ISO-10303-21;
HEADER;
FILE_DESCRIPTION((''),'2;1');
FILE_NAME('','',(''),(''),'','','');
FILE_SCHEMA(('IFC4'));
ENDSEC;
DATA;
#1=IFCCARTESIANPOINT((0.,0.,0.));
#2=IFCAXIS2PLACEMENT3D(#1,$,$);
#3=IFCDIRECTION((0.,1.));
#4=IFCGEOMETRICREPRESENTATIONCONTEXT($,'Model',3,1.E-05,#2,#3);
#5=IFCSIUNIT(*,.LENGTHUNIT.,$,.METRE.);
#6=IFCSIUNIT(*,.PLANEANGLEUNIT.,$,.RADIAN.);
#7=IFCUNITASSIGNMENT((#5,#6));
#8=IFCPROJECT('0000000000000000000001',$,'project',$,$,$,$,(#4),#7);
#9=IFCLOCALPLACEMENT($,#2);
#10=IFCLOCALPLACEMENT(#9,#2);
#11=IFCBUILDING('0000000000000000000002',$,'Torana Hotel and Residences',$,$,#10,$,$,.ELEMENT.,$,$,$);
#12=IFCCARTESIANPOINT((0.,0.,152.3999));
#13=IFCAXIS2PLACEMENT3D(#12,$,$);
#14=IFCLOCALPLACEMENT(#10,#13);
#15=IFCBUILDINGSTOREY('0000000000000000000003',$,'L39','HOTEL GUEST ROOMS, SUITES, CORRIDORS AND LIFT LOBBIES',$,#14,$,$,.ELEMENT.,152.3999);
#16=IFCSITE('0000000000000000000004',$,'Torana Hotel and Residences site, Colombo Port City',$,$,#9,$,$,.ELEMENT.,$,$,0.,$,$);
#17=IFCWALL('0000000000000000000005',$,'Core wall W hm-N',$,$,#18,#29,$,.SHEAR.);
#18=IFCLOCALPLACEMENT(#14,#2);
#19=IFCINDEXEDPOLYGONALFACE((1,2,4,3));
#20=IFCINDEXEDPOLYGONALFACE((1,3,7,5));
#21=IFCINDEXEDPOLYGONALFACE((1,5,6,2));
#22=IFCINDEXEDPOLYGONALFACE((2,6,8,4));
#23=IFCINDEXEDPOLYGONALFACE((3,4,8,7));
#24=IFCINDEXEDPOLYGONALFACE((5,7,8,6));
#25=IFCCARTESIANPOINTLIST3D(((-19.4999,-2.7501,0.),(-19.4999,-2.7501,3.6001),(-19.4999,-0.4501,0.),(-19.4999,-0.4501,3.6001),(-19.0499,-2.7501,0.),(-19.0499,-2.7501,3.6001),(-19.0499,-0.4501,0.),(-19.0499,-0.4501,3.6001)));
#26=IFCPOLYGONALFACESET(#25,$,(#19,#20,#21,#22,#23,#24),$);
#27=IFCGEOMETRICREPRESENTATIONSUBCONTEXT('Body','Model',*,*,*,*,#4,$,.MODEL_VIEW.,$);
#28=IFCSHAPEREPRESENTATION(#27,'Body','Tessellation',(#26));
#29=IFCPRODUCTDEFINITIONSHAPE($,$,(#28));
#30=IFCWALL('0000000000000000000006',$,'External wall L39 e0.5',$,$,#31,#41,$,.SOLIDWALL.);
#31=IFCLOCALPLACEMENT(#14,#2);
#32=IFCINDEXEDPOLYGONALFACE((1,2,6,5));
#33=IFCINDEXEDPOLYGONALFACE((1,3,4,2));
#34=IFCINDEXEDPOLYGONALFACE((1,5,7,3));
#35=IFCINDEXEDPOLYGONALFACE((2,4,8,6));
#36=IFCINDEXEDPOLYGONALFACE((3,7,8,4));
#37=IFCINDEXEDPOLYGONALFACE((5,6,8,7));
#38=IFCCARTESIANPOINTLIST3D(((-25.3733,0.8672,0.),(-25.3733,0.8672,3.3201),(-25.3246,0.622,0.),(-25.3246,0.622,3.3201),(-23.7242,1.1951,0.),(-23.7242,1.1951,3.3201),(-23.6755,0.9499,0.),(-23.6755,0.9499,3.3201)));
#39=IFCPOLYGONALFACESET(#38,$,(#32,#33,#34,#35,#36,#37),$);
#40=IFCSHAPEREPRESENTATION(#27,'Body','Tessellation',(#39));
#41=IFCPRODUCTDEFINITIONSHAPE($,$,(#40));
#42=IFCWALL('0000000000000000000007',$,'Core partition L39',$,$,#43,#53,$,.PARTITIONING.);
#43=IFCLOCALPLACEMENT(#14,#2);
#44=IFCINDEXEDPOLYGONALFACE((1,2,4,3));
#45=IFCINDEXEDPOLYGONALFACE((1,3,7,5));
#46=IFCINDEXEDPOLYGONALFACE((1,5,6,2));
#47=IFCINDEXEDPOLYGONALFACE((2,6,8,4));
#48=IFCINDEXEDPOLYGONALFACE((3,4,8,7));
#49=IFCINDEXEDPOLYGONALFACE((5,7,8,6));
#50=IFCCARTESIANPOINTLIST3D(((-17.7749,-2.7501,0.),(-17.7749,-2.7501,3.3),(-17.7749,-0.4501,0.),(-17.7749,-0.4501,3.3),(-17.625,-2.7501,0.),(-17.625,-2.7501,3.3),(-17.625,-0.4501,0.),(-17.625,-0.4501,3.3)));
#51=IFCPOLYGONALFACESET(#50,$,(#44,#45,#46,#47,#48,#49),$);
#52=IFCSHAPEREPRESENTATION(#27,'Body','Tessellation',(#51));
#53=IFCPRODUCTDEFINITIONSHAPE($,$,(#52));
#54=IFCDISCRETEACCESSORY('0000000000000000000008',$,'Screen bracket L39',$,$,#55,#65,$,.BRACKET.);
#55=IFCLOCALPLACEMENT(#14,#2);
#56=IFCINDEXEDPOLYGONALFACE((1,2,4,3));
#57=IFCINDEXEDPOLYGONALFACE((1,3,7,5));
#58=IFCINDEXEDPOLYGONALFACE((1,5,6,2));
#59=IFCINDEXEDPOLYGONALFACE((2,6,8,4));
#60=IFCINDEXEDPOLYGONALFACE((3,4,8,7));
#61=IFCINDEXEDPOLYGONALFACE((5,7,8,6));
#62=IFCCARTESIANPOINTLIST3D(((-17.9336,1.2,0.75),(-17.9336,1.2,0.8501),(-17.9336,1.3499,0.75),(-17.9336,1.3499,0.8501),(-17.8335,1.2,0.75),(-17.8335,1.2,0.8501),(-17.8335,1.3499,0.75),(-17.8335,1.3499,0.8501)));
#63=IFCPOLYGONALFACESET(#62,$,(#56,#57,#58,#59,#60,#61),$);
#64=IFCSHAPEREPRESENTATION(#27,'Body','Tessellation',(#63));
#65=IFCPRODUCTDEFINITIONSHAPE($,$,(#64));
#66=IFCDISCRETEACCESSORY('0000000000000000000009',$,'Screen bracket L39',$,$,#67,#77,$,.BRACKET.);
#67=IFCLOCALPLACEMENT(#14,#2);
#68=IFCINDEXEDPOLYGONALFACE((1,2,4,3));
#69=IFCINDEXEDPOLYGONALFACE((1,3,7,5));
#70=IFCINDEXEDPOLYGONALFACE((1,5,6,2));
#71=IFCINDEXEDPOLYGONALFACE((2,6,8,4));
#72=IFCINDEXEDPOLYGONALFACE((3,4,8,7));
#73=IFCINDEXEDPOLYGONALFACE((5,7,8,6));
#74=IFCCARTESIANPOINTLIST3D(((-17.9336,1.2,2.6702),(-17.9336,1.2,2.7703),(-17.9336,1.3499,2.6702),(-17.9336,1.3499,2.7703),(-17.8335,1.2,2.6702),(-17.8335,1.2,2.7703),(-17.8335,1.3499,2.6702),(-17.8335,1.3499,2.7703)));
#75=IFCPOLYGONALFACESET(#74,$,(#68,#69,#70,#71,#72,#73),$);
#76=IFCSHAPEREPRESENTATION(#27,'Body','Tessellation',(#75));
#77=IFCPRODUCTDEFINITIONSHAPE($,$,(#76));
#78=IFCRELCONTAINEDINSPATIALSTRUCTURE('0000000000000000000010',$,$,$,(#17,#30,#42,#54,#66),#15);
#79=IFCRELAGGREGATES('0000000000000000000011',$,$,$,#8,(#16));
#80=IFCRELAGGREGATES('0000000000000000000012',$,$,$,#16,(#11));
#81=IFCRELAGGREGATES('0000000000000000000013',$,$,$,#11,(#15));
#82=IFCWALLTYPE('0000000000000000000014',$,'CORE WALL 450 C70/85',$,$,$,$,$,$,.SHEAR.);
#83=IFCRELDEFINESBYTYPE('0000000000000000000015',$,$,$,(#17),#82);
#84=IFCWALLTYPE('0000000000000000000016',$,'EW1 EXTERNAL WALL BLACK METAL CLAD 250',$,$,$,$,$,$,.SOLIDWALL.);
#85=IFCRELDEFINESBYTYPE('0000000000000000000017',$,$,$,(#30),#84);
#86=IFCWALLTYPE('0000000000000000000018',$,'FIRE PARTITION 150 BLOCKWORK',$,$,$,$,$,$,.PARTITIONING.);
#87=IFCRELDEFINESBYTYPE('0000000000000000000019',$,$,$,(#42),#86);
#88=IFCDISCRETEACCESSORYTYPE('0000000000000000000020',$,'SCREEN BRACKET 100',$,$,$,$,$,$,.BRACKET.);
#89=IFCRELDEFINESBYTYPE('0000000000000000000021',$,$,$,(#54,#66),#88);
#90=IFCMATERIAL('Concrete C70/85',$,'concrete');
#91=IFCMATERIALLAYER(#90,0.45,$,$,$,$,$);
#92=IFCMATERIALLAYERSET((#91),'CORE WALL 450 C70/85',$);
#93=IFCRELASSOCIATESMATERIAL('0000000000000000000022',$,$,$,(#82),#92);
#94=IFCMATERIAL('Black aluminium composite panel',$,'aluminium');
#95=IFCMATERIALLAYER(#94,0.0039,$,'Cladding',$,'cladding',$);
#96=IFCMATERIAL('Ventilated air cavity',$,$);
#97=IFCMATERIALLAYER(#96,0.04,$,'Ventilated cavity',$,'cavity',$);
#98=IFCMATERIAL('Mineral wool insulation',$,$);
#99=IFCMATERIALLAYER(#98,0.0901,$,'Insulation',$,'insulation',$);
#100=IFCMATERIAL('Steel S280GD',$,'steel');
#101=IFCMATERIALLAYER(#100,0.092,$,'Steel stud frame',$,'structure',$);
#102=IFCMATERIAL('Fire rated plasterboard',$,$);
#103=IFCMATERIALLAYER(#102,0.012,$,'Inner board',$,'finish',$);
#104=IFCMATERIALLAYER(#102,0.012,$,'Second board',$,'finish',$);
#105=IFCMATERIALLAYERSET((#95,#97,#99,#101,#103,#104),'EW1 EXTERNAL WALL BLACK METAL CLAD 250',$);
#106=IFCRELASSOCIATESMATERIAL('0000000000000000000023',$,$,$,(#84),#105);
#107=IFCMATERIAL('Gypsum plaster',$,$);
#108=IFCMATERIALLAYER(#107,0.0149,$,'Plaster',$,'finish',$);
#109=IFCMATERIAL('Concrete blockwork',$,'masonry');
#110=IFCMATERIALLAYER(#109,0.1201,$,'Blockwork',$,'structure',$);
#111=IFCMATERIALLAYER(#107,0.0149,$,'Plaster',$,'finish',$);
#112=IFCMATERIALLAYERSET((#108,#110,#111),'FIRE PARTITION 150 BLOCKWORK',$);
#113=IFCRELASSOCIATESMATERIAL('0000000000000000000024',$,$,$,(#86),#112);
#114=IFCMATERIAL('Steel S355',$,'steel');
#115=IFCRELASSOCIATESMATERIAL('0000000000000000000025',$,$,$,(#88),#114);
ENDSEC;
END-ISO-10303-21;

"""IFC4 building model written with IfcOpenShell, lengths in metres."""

from ifc_helpers import new_model, si_unit, direction, frame, frame_2d, origin, origin_2d, place, context, subcontext, project, spatial, rectangle, extrude, material, layer, layer_set, type_object, element, save


model = new_model("IFC4")

# Units and contexts
model_context = context("Model", 3, precision=1e-05, world=origin(), true_north=direction((0.0, 1.0)))
body_context = subcontext(model_context, "Body", "Model", "MODEL_VIEW")
ifc_project = project(units=[si_unit("LENGTHUNIT", "METRE"), si_unit("PLANEANGLEUNIT", "RADIAN")], contexts=[model_context])

# Site, building, storey
site_placement = place(None, origin())
site = spatial("IfcSite", under=ifc_project, at=site_placement, Name="Torana Hotel and Residences site, Colombo Port City", CompositionType="ELEMENT", RefElevation=0.0)
building_placement = place(site_placement, origin())
building = spatial("IfcBuilding", under=site, at=building_placement, Name="Torana Hotel and Residences", CompositionType="ELEMENT")
storey_placement = place(building_placement, frame((0.0, 0.0, 152.3999)))
storey = spatial("IfcBuildingStorey", under=building, at=storey_placement, Name="L39", Description="HOTEL GUEST ROOMS, SUITES, CORRIDORS AND LIFT LOBBIES", CompositionType="ELEMENT", Elevation=152.3999)

# Walls
ifc_material_1 = material(Name="Concrete C70/85", Category="concrete")
ifc_layer_1 = layer(ifc_material_1, 0.45)
ifc_layer_set_1 = layer_set([ifc_layer_1], Name="CORE WALL 450 C70/85")
wall_type_1 = type_object("IfcWallType", Name="CORE WALL 450 C70/85", PredefinedType="SHEAR", material=ifc_layer_set_1)
wall_1_placement = place(storey_placement, frame((-19.2749, -2.75, 0.0), z_axis=(0.0, 0.0, 1.0), x_axis=(0.0, 1.0, 0.0)))
element("IfcWall", 1, at=wall_1_placement, inside=storey, type_object=wall_type_1, Name="Core wall W hm-N", PredefinedType="SHEAR", context=body_context, shape_type="SweptSolid", body=[
    extrude(rectangle(XDim=2.3, YDim=0.45, at=frame_2d((1.1499, 0.0))), origin(), (0.0, 0.0, 1.0), 3.6001),
])
ifc_material_2 = material(Name="Black aluminium composite panel", Category="aluminium")
ifc_layer_2 = layer(ifc_material_2, 0.0039, Name="Cladding", Category="cladding")
ifc_material_3 = material(Name="Ventilated air cavity")
ifc_layer_3 = layer(ifc_material_3, 0.04, Name="Ventilated cavity", Category="cavity")
ifc_material_4 = material(Name="Mineral wool insulation")
ifc_layer_4 = layer(ifc_material_4, 0.0901, Name="Insulation", Category="insulation")
ifc_material_5 = material(Name="Steel S280GD", Category="steel")
ifc_layer_5 = layer(ifc_material_5, 0.092, Name="Steel stud frame", Category="structure")
ifc_material_6 = material(Name="Fire rated plasterboard")
ifc_layer_6 = layer(ifc_material_6, 0.012, Name="Inner board", Category="finish")
ifc_layer_7 = layer(ifc_material_6, 0.012, Name="Second board", Category="finish")
ifc_layer_set_2 = layer_set([ifc_layer_2, ifc_layer_3, ifc_layer_4, ifc_layer_5, ifc_layer_6, ifc_layer_7], Name="EW1 EXTERNAL WALL BLACK METAL CLAD 250")
wall_type_2 = type_object("IfcWallType", Name="EW1 EXTERNAL WALL BLACK METAL CLAD 250", PredefinedType="SOLIDWALL", material=ifc_layer_set_2)
wall_2_placement = place(storey_placement, frame((-23.6997, 1.0725, 0.0), z_axis=(0.0, 0.0, 1.0), x_axis=(-0.980803, -0.194999, 0.0)))
element("IfcWall", 2, at=wall_2_placement, inside=storey, type_object=wall_type_2, Name="External wall L39 e0.5", PredefinedType="SOLIDWALL", context=body_context, shape_type="SweptSolid", body=[
    extrude(rectangle(XDim=1.6814, YDim=0.25, at=frame_2d((0.8408, 0.0))), origin(), (0.0, 0.0, 1.0), 3.3201),
])
ifc_material_7 = material(Name="Gypsum plaster")
ifc_layer_8 = layer(ifc_material_7, 0.0149, Name="Plaster", Category="finish")
ifc_material_8 = material(Name="Concrete blockwork", Category="masonry")
ifc_layer_9 = layer(ifc_material_8, 0.1201, Name="Blockwork", Category="structure")
ifc_layer_10 = layer(ifc_material_7, 0.0149, Name="Plaster", Category="finish")
ifc_layer_set_3 = layer_set([ifc_layer_8, ifc_layer_9, ifc_layer_10], Name="FIRE PARTITION 150 BLOCKWORK")
wall_type_3 = type_object("IfcWallType", Name="FIRE PARTITION 150 BLOCKWORK", PredefinedType="PARTITIONING", material=ifc_layer_set_3)
wall_3_placement = place(storey_placement, frame((-17.7, -2.75, 0.0), z_axis=(0.0, 0.0, 1.0), x_axis=(0.0, 1.0, 0.0)))
element("IfcWall", 3, at=wall_3_placement, inside=storey, type_object=wall_type_3, Name="Core partition L39", PredefinedType="PARTITIONING", context=body_context, shape_type="SweptSolid", body=[
    extrude(rectangle(XDim=2.3, YDim=0.1499, at=frame_2d((1.1499, 0.0))), origin(), (0.0, 0.0, 1.0), 3.3),
])

# Discrete accessories
ifc_material_9 = material(Name="Steel S355", Category="steel")
discrete_accessory_type = type_object("IfcDiscreteAccessoryType", Name="SCREEN BRACKET 100", PredefinedType="BRACKET", material=ifc_material_9)
for number, where, z_axis, x_axis, name in (
    (4, (-17.8835, 1.2749, 0.75), (0.0, 0.0, 1.0), (-1.0, 0.0, 0.0), "Screen bracket L39"),
    (5, (-17.8835, 1.2749, 2.6702), (0.0, 0.0, 1.0), (-1.0, 0.0, 0.0), "Screen bracket L39"),
):
    element("IfcDiscreteAccessory", number, at=place(storey_placement, frame(where, z_axis=z_axis, x_axis=x_axis)), inside=storey, type_object=discrete_accessory_type, Name=name, PredefinedType="BRACKET", context=body_context, shape_type="SweptSolid", body=[
        extrude(rectangle(XDim=0.1001, YDim=0.1499, at=origin_2d()), origin(), (0.0, 0.0, 1.0), 0.1001),
    ])

save(model, "model.ifc")
